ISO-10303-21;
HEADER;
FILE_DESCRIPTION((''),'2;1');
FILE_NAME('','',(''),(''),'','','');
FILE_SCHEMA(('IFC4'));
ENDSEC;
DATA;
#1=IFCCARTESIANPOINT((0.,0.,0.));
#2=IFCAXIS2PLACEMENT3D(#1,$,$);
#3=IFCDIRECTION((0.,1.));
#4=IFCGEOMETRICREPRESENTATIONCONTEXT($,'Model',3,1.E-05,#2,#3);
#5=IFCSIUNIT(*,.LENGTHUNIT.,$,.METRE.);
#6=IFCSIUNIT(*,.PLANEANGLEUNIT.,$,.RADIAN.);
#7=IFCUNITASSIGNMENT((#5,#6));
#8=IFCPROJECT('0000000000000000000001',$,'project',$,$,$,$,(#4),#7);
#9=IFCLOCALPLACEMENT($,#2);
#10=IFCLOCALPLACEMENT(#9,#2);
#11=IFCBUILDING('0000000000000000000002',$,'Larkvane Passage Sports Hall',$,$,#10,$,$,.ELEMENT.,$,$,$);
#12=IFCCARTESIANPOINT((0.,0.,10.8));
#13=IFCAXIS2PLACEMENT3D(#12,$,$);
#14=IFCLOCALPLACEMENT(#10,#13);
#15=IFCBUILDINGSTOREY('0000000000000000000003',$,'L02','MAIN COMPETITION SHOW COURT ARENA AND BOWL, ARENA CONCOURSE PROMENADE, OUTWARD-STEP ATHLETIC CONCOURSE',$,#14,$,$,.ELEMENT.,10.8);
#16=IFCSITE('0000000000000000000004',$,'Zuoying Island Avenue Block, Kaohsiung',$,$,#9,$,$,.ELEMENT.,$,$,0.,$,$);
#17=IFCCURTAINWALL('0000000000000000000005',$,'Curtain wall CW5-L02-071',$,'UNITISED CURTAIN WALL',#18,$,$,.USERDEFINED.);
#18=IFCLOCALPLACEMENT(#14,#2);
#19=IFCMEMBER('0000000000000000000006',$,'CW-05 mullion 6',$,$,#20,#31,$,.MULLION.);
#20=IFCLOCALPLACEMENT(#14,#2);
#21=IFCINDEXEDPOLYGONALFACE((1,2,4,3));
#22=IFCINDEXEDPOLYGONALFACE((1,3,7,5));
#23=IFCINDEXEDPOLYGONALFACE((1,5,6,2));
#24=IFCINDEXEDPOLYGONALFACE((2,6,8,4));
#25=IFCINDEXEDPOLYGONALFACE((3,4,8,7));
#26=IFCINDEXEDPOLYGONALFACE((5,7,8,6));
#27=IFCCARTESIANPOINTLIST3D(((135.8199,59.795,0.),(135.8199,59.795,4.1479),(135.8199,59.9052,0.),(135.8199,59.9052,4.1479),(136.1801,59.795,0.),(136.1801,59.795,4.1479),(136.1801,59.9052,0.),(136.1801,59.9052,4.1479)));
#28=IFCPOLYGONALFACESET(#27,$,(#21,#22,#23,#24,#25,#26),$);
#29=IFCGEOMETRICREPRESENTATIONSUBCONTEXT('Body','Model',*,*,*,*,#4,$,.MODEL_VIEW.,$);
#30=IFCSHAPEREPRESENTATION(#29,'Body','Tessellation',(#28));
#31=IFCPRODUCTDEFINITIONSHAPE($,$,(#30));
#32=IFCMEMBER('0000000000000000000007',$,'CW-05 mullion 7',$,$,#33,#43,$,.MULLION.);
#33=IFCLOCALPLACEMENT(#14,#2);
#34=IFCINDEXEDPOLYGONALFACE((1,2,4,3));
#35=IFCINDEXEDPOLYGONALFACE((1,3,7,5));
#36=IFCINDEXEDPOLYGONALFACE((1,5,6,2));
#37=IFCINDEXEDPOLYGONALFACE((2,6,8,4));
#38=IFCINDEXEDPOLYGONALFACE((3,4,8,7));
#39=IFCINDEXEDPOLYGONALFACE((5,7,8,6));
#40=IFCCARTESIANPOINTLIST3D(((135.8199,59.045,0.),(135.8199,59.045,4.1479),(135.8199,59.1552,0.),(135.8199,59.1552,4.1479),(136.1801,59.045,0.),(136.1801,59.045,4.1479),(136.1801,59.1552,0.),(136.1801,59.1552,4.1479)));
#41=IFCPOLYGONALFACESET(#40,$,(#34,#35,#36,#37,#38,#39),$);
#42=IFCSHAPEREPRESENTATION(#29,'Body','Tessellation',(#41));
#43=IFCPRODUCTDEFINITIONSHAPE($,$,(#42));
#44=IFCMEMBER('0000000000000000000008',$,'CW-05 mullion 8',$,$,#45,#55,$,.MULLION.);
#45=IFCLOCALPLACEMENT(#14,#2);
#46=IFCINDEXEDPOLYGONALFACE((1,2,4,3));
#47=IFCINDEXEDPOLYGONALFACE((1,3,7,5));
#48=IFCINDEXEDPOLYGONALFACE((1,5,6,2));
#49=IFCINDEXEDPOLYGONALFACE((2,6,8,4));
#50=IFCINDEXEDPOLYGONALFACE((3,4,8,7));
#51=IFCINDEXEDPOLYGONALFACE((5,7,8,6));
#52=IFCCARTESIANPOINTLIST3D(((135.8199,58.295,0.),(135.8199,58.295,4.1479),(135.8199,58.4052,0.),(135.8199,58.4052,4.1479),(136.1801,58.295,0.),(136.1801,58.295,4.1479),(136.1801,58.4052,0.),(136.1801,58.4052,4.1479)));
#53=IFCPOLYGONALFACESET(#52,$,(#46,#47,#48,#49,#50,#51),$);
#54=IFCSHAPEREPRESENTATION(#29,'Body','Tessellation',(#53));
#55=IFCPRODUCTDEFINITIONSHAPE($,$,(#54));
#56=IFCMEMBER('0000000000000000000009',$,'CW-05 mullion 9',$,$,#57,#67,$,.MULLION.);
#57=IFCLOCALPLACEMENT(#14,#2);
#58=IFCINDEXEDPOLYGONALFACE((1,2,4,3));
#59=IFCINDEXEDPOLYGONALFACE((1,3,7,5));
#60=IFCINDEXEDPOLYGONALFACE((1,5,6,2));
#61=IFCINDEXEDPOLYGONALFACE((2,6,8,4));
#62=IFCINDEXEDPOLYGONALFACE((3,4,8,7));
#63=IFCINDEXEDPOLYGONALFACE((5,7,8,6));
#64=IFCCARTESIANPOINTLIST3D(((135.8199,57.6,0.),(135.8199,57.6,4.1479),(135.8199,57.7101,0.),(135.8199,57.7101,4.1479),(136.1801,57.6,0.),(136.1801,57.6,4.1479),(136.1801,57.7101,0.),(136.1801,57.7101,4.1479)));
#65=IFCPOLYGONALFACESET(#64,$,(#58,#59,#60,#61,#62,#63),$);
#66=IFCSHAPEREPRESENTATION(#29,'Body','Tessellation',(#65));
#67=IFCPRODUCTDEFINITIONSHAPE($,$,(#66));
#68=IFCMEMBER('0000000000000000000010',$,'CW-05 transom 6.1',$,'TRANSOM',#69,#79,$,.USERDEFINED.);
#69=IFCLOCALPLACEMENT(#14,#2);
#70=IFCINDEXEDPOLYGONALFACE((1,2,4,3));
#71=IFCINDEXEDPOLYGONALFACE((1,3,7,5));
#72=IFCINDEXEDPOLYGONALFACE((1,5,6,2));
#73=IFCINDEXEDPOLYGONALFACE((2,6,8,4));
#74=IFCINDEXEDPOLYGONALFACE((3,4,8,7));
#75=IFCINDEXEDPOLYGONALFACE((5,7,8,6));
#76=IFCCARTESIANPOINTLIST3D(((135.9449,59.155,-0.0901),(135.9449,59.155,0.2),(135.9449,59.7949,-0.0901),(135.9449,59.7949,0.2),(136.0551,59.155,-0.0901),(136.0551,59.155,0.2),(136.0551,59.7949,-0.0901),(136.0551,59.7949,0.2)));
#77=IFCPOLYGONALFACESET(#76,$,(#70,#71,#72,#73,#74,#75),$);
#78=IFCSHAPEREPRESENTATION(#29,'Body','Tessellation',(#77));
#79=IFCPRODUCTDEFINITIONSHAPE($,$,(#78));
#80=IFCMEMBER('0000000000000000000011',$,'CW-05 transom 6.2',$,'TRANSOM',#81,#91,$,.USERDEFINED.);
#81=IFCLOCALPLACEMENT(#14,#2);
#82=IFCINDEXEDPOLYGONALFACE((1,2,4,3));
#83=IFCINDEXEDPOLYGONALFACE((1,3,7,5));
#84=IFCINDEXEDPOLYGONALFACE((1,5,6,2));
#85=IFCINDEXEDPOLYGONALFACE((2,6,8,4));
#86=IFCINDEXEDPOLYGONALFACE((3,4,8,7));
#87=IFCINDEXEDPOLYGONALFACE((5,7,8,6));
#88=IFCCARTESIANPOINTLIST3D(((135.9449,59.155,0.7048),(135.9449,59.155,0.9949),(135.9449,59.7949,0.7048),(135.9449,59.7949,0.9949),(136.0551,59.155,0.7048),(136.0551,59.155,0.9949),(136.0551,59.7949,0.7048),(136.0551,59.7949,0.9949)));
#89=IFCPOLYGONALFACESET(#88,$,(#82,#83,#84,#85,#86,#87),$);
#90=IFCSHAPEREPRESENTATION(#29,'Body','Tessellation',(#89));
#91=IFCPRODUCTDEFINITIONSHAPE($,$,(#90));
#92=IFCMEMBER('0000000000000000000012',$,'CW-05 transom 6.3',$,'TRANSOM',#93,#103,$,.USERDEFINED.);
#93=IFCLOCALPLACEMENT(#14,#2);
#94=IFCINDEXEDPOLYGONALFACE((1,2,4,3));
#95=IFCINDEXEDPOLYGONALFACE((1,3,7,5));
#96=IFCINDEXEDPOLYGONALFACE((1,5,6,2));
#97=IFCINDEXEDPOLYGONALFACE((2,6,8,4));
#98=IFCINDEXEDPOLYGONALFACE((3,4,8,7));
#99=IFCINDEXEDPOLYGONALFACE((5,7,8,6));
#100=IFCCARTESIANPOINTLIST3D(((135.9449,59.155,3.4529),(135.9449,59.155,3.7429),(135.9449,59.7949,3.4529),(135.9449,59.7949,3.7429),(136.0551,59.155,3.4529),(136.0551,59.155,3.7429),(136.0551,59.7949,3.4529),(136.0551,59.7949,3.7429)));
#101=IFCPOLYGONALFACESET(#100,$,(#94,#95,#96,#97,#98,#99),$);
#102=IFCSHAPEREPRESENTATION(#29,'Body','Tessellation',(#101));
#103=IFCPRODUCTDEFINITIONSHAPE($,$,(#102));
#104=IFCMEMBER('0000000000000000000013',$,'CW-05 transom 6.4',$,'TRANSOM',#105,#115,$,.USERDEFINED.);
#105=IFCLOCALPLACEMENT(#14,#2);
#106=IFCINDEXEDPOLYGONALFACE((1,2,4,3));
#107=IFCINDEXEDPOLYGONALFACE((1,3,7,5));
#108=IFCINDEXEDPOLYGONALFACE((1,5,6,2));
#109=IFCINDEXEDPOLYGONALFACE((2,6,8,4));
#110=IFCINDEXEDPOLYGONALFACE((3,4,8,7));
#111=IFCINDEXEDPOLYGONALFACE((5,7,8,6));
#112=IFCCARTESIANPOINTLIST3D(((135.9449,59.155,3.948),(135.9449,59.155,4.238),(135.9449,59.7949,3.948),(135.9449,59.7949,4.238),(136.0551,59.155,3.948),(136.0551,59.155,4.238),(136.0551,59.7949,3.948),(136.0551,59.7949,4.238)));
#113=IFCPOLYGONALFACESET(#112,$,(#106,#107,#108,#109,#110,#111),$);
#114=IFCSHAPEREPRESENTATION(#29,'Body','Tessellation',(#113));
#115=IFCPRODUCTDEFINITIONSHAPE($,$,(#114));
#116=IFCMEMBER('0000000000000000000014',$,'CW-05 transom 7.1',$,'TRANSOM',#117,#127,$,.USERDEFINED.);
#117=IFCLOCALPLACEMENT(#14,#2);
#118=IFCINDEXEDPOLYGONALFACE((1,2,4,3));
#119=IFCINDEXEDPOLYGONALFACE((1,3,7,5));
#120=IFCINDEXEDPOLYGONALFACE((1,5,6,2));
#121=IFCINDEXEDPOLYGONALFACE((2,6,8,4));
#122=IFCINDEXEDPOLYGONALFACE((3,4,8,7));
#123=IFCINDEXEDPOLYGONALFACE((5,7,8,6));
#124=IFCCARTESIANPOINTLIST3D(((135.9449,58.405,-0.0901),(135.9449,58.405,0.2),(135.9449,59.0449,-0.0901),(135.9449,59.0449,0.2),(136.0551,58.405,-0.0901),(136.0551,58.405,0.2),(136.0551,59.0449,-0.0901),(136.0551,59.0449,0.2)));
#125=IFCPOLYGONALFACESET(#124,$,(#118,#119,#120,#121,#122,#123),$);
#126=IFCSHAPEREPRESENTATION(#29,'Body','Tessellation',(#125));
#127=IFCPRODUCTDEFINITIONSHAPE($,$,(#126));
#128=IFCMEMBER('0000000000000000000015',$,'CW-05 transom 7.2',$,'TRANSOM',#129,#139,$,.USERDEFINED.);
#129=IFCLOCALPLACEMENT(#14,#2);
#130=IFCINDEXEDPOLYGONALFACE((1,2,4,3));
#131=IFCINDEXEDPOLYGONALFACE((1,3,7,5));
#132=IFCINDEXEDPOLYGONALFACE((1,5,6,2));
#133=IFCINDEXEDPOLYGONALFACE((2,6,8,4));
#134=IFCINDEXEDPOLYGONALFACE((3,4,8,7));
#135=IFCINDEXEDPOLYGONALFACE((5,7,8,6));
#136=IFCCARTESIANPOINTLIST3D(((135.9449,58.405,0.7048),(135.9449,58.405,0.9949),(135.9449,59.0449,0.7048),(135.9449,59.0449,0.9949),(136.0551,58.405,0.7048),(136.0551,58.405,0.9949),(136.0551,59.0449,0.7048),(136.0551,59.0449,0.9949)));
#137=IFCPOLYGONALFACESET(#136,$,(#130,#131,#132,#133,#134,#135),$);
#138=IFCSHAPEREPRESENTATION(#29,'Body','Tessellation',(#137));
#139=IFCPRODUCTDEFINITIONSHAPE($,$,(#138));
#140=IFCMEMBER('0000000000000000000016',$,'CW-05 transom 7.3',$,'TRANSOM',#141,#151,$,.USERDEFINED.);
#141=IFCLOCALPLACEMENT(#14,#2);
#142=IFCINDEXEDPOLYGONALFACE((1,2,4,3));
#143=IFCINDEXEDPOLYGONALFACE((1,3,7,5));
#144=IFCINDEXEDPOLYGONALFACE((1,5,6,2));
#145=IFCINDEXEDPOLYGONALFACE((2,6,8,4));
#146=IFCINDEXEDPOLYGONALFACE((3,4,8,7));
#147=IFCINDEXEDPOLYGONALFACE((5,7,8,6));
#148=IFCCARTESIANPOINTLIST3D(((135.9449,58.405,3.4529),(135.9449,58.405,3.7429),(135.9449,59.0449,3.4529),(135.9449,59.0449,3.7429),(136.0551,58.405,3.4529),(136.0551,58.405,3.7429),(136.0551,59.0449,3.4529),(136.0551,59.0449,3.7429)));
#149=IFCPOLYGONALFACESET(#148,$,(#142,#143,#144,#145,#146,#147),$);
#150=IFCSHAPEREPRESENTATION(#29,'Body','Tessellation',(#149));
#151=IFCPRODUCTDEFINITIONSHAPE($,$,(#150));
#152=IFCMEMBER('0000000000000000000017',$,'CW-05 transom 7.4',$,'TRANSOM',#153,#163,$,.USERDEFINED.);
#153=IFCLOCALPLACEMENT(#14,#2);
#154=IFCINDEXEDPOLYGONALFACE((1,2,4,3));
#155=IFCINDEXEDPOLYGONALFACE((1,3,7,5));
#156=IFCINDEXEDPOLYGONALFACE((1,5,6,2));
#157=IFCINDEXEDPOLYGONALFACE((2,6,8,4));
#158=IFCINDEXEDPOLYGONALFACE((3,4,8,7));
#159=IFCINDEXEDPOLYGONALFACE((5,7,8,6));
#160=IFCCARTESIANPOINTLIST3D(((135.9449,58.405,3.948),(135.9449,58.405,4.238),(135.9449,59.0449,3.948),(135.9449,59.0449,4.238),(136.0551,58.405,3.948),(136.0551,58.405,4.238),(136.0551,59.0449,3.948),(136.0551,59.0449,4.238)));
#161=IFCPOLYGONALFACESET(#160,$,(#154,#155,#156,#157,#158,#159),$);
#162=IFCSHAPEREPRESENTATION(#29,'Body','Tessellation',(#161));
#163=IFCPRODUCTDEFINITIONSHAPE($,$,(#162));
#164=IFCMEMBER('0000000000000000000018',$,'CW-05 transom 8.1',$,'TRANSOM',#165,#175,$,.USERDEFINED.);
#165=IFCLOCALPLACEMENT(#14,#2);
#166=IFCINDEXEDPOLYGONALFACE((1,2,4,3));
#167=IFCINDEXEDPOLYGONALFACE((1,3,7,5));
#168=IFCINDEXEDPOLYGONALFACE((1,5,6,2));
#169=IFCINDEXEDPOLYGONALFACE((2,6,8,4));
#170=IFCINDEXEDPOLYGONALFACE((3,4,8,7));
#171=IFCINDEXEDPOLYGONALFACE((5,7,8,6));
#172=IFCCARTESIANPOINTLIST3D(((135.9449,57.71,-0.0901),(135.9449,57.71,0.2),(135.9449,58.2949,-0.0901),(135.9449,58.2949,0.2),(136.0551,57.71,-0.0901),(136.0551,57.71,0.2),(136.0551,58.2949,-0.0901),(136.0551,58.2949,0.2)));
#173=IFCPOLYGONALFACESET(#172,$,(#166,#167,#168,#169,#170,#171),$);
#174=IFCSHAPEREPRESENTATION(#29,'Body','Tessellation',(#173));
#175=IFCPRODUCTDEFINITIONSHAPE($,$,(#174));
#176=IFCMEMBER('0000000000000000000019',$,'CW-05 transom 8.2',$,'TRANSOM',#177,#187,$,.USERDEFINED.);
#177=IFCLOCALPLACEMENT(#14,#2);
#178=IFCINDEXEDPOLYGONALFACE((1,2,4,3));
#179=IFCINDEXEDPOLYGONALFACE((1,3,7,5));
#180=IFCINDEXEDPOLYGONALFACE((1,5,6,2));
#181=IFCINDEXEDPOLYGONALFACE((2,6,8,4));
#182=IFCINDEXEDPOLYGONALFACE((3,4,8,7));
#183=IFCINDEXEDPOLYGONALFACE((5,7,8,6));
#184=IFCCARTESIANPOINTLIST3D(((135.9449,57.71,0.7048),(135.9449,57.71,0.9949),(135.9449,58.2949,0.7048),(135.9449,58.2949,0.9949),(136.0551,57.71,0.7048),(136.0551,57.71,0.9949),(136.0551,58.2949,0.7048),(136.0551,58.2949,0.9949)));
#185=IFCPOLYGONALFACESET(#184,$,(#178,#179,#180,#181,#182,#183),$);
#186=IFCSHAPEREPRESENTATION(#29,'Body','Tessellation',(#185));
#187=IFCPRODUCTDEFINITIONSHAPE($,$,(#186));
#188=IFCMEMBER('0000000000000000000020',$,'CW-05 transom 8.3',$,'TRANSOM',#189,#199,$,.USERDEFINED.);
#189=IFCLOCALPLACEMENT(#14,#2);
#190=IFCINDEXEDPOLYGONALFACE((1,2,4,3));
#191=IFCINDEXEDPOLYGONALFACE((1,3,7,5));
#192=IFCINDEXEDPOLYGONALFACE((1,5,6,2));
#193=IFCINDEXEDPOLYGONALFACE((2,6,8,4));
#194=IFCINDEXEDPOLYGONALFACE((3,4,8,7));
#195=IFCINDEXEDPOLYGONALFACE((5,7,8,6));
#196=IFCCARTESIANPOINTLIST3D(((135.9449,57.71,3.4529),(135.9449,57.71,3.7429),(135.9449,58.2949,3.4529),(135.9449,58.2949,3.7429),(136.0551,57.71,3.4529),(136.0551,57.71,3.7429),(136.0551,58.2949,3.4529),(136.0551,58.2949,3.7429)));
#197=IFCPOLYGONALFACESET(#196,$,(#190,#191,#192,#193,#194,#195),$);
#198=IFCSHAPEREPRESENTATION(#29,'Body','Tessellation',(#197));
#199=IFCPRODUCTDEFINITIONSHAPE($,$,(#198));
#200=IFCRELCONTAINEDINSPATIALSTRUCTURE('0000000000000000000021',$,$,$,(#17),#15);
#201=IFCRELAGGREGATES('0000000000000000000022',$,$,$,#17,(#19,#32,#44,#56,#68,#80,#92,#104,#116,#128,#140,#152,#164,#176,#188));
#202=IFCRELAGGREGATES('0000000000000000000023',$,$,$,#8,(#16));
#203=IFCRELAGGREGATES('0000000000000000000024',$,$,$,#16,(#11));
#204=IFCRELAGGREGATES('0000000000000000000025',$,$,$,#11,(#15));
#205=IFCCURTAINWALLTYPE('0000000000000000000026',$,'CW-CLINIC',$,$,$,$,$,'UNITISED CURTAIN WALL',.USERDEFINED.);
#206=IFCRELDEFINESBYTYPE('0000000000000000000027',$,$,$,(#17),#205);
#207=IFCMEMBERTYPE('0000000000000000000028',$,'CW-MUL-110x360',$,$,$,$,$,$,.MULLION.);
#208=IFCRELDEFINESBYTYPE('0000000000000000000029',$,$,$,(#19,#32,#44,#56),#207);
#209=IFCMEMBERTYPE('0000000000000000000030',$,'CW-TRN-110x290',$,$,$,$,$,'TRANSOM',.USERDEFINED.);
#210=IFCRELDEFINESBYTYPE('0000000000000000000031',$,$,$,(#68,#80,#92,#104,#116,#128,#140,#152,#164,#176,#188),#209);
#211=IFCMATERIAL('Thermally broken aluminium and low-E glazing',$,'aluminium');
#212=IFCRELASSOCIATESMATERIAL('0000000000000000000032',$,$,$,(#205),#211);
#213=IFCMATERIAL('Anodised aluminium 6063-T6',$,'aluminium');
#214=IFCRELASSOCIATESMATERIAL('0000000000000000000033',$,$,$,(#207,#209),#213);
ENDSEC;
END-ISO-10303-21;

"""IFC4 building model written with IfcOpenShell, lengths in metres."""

from ifc_helpers import new_model, si_unit, direction, frame, origin, origin_2d, place, context, subcontext, project, spatial, rectangle, extrude, material, material_profile, profile_set, type_object, element, aggregate, save


model = new_model("IFC4")

# Units and contexts
model_context = context("Model", 3, precision=1e-05, world=origin(), true_north=direction((0.0, 1.0)))
body_context = subcontext(model_context, "Body", "Model", "MODEL_VIEW")
ifc_project = project(units=[si_unit("LENGTHUNIT", "METRE"), si_unit("PLANEANGLEUNIT", "RADIAN")], contexts=[model_context])

# Site, building, storey
site_placement = place(None, origin())
site = spatial("IfcSite", under=ifc_project, at=site_placement, Name="Zuoying Island Avenue Block, Kaohsiung", CompositionType="ELEMENT", RefElevation=0.0)
building_placement = place(site_placement, origin())
building = spatial("IfcBuilding", under=site, at=building_placement, Name="Larkvane Passage Sports Hall", CompositionType="ELEMENT")
storey_placement = place(building_placement, frame((0.0, 0.0, 10.8)))
storey = spatial("IfcBuildingStorey", under=building, at=storey_placement, Name="L02", Description="MAIN COMPETITION SHOW COURT ARENA AND BOWL, ARENA CONCOURSE PROMENADE, OUTWARD-STEP ATHLETIC CONCOURSE", CompositionType="ELEMENT", Elevation=10.8)

# Curtain wall, members
ifc_material_1 = material(Name="Thermally broken aluminium and low-E glazing", Category="aluminium")
curtain_wall_type = type_object("IfcCurtainWallType", Name="CW-CLINIC", ElementType="UNITISED CURTAIN WALL", PredefinedType="USERDEFINED", material=ifc_material_1)
curtain_wall_placement = place(storey_placement, origin())
curtain_wall = element("IfcCurtainWall", 1, at=curtain_wall_placement, inside=storey, type_object=curtain_wall_type, Name="Curtain wall CW5-L02-071", ObjectType="UNITISED CURTAIN WALL", PredefinedType="USERDEFINED")
ifc_material_2 = material(Name="Anodised aluminium 6063-T6", Category="aluminium")
ifc_material_profile_1 = material_profile(ifc_material_2, rectangle(XDim=0.1101, YDim=0.3601, at=origin_2d()), Name="ALU-MUL-110x360")
ifc_profile_set_1 = profile_set([ifc_material_profile_1], Name="Anodised aluminium 6063-T6")
member_type_1 = type_object("IfcMemberType", Name="CW-MUL-110x360", PredefinedType="MULLION", material=ifc_profile_set_1)
member_1_placement = place(storey_placement, frame((136.0, 59.8501, 0.0), z_axis=(0.0, 0.0, 1.0), x_axis=(0.0, -1.0, 0.0)))
member_1 = element("IfcMember", 2, at=member_1_placement, type_object=member_type_1, Name="CW-05 mullion 6", PredefinedType="MULLION", context=body_context, shape_type="SweptSolid", body=[
    extrude(rectangle(XDim=0.1101, YDim=0.3601, at=origin_2d()), origin(), (0.0, 0.0, 1.0), 4.1479),
])
member_2_placement = place(storey_placement, frame((136.0, 59.1001, 0.0), z_axis=(0.0, 0.0, 1.0), x_axis=(0.0, -1.0, 0.0)))
member_2 = element("IfcMember", 3, at=member_2_placement, type_object=member_type_1, Name="CW-05 mullion 7", PredefinedType="MULLION", context=body_context, shape_type="SweptSolid", body=[
    extrude(rectangle(XDim=0.1101, YDim=0.3601, at=origin_2d()), origin(), (0.0, 0.0, 1.0), 4.1479),
])
member_3_placement = place(storey_placement, frame((136.0, 58.3501, 0.0), z_axis=(0.0, 0.0, 1.0), x_axis=(0.0, -1.0, 0.0)))
member_3 = element("IfcMember", 4, at=member_3_placement, type_object=member_type_1, Name="CW-05 mullion 8", PredefinedType="MULLION", context=body_context, shape_type="SweptSolid", body=[
    extrude(rectangle(XDim=0.1101, YDim=0.3601, at=origin_2d()), origin(), (0.0, 0.0, 1.0), 4.1479),
])
member_4_placement = place(storey_placement, frame((136.0, 57.655, 0.0), z_axis=(0.0, 0.0, 1.0), x_axis=(0.0, -1.0, 0.0)))
member_4 = element("IfcMember", 5, at=member_4_placement, type_object=member_type_1, Name="CW-05 mullion 9", PredefinedType="MULLION", context=body_context, shape_type="SweptSolid", body=[
    extrude(rectangle(XDim=0.1101, YDim=0.3601, at=origin_2d()), origin(), (0.0, 0.0, 1.0), 4.1479),
])
ifc_material_profile_2 = material_profile(ifc_material_2, rectangle(XDim=0.1101, YDim=0.29, at=origin_2d()), Name="ALU-TRN-110x290")
ifc_profile_set_2 = profile_set([ifc_material_profile_2], Name="Anodised aluminium 6063-T6")
member_type_2 = type_object("IfcMemberType", Name="CW-TRN-110x290", ElementType="TRANSOM", PredefinedType="USERDEFINED", material=ifc_profile_set_2)
member_5_placement = place(storey_placement, frame((136.0, 59.7949, 0.0549), z_axis=(0.0, -1.0, 0.0), x_axis=(1.0, 0.0, 0.0)))
member_5 = element("IfcMember", 6, at=member_5_placement, type_object=member_type_2, Name="CW-05 transom 6.1", ObjectType="TRANSOM", PredefinedType="USERDEFINED", context=body_context, shape_type="SweptSolid", body=[
    extrude(rectangle(XDim=0.1101, YDim=0.29, at=origin_2d()), origin(), (0.0, 0.0, 1.0), 0.6399),
])
member_6_placement = place(storey_placement, frame((136.0, 59.7949, 0.8499), z_axis=(0.0, -1.0, 0.0), x_axis=(1.0, 0.0, 0.0)))
member_6 = element("IfcMember", 7, at=member_6_placement, type_object=member_type_2, Name="CW-05 transom 6.2", ObjectType="TRANSOM", PredefinedType="USERDEFINED", context=body_context, shape_type="SweptSolid", body=[
    extrude(rectangle(XDim=0.1101, YDim=0.29, at=origin_2d()), origin(), (0.0, 0.0, 1.0), 0.6399),
])
member_7_placement = place(storey_placement, frame((136.0, 59.7949, 3.5979), z_axis=(0.0, -1.0, 0.0), x_axis=(1.0, 0.0, 0.0)))
member_7 = element("IfcMember", 8, at=member_7_placement, type_object=member_type_2, Name="CW-05 transom 6.3", ObjectType="TRANSOM", PredefinedType="USERDEFINED", context=body_context, shape_type="SweptSolid", body=[
    extrude(rectangle(XDim=0.1101, YDim=0.29, at=origin_2d()), origin(), (0.0, 0.0, 1.0), 0.6399),
])
member_8_placement = place(storey_placement, frame((136.0, 59.7949, 4.093), z_axis=(0.0, -1.0, 0.0), x_axis=(1.0, 0.0, 0.0)))
member_8 = element("IfcMember", 9, at=member_8_placement, type_object=member_type_2, Name="CW-05 transom 6.4", ObjectType="TRANSOM", PredefinedType="USERDEFINED", context=body_context, shape_type="SweptSolid", body=[
    extrude(rectangle(XDim=0.1101, YDim=0.29, at=origin_2d()), origin(), (0.0, 0.0, 1.0), 0.6399),
])
member_9_placement = place(storey_placement, frame((136.0, 59.0449, 0.0549), z_axis=(0.0, -1.0, 0.0), x_axis=(1.0, 0.0, 0.0)))
member_9 = element("IfcMember", 10, at=member_9_placement, type_object=member_type_2, Name="CW-05 transom 7.1", ObjectType="TRANSOM", PredefinedType="USERDEFINED", context=body_context, shape_type="SweptSolid", body=[
    extrude(rectangle(XDim=0.1101, YDim=0.29, at=origin_2d()), origin(), (0.0, 0.0, 1.0), 0.6399),
])
member_10_placement = place(storey_placement, frame((136.0, 59.0449, 0.8499), z_axis=(0.0, -1.0, 0.0), x_axis=(1.0, 0.0, 0.0)))
member_10 = element("IfcMember", 11, at=member_10_placement, type_object=member_type_2, Name="CW-05 transom 7.2", ObjectType="TRANSOM", PredefinedType="USERDEFINED", context=body_context, shape_type="SweptSolid", body=[
    extrude(rectangle(XDim=0.1101, YDim=0.29, at=origin_2d()), origin(), (0.0, 0.0, 1.0), 0.6399),
])
member_11_placement = place(storey_placement, frame((136.0, 59.0449, 3.5979), z_axis=(0.0, -1.0, 0.0), x_axis=(1.0, 0.0, 0.0)))
member_11 = element("IfcMember", 12, at=member_11_placement, type_object=member_type_2, Name="CW-05 transom 7.3", ObjectType="TRANSOM", PredefinedType="USERDEFINED", context=body_context, shape_type="SweptSolid", body=[
    extrude(rectangle(XDim=0.1101, YDim=0.29, at=origin_2d()), origin(), (0.0, 0.0, 1.0), 0.6399),
])
member_12_placement = place(storey_placement, frame((136.0, 59.0449, 4.093), z_axis=(0.0, -1.0, 0.0), x_axis=(1.0, 0.0, 0.0)))
member_12 = element("IfcMember", 13, at=member_12_placement, type_object=member_type_2, Name="CW-05 transom 7.4", ObjectType="TRANSOM", PredefinedType="USERDEFINED", context=body_context, shape_type="SweptSolid", body=[
    extrude(rectangle(XDim=0.1101, YDim=0.29, at=origin_2d()), origin(), (0.0, 0.0, 1.0), 0.6399),
])
member_13_placement = place(storey_placement, frame((136.0, 58.2949, 0.0549), z_axis=(0.0, -1.0, 0.0), x_axis=(1.0, 0.0, 0.0)))
member_13 = element("IfcMember", 14, at=member_13_placement, type_object=member_type_2, Name="CW-05 transom 8.1", ObjectType="TRANSOM", PredefinedType="USERDEFINED", context=body_context, shape_type="SweptSolid", body=[
    extrude(rectangle(XDim=0.1101, YDim=0.29, at=origin_2d()), origin(), (0.0, 0.0, 1.0), 0.585),
])
member_14_placement = place(storey_placement, frame((136.0, 58.2949, 0.8499), z_axis=(0.0, -1.0, 0.0), x_axis=(1.0, 0.0, 0.0)))
member_14 = element("IfcMember", 15, at=member_14_placement, type_object=member_type_2, Name="CW-05 transom 8.2", ObjectType="TRANSOM", PredefinedType="USERDEFINED", context=body_context, shape_type="SweptSolid", body=[
    extrude(rectangle(XDim=0.1101, YDim=0.29, at=origin_2d()), origin(), (0.0, 0.0, 1.0), 0.585),
])
member_15_placement = place(storey_placement, frame((136.0, 58.2949, 3.5979), z_axis=(0.0, -1.0, 0.0), x_axis=(1.0, 0.0, 0.0)))
member_15 = element("IfcMember", 16, at=member_15_placement, type_object=member_type_2, Name="CW-05 transom 8.3", ObjectType="TRANSOM", PredefinedType="USERDEFINED", context=body_context, shape_type="SweptSolid", body=[
    extrude(rectangle(XDim=0.1101, YDim=0.29, at=origin_2d()), origin(), (0.0, 0.0, 1.0), 0.585),
])
aggregate(curtain_wall, [member_1, member_2, member_3, member_4, member_5, member_6, member_7, member_8, member_9, member_10, member_11, member_12, member_13, member_14, member_15])

save(model, "model.ifc")
